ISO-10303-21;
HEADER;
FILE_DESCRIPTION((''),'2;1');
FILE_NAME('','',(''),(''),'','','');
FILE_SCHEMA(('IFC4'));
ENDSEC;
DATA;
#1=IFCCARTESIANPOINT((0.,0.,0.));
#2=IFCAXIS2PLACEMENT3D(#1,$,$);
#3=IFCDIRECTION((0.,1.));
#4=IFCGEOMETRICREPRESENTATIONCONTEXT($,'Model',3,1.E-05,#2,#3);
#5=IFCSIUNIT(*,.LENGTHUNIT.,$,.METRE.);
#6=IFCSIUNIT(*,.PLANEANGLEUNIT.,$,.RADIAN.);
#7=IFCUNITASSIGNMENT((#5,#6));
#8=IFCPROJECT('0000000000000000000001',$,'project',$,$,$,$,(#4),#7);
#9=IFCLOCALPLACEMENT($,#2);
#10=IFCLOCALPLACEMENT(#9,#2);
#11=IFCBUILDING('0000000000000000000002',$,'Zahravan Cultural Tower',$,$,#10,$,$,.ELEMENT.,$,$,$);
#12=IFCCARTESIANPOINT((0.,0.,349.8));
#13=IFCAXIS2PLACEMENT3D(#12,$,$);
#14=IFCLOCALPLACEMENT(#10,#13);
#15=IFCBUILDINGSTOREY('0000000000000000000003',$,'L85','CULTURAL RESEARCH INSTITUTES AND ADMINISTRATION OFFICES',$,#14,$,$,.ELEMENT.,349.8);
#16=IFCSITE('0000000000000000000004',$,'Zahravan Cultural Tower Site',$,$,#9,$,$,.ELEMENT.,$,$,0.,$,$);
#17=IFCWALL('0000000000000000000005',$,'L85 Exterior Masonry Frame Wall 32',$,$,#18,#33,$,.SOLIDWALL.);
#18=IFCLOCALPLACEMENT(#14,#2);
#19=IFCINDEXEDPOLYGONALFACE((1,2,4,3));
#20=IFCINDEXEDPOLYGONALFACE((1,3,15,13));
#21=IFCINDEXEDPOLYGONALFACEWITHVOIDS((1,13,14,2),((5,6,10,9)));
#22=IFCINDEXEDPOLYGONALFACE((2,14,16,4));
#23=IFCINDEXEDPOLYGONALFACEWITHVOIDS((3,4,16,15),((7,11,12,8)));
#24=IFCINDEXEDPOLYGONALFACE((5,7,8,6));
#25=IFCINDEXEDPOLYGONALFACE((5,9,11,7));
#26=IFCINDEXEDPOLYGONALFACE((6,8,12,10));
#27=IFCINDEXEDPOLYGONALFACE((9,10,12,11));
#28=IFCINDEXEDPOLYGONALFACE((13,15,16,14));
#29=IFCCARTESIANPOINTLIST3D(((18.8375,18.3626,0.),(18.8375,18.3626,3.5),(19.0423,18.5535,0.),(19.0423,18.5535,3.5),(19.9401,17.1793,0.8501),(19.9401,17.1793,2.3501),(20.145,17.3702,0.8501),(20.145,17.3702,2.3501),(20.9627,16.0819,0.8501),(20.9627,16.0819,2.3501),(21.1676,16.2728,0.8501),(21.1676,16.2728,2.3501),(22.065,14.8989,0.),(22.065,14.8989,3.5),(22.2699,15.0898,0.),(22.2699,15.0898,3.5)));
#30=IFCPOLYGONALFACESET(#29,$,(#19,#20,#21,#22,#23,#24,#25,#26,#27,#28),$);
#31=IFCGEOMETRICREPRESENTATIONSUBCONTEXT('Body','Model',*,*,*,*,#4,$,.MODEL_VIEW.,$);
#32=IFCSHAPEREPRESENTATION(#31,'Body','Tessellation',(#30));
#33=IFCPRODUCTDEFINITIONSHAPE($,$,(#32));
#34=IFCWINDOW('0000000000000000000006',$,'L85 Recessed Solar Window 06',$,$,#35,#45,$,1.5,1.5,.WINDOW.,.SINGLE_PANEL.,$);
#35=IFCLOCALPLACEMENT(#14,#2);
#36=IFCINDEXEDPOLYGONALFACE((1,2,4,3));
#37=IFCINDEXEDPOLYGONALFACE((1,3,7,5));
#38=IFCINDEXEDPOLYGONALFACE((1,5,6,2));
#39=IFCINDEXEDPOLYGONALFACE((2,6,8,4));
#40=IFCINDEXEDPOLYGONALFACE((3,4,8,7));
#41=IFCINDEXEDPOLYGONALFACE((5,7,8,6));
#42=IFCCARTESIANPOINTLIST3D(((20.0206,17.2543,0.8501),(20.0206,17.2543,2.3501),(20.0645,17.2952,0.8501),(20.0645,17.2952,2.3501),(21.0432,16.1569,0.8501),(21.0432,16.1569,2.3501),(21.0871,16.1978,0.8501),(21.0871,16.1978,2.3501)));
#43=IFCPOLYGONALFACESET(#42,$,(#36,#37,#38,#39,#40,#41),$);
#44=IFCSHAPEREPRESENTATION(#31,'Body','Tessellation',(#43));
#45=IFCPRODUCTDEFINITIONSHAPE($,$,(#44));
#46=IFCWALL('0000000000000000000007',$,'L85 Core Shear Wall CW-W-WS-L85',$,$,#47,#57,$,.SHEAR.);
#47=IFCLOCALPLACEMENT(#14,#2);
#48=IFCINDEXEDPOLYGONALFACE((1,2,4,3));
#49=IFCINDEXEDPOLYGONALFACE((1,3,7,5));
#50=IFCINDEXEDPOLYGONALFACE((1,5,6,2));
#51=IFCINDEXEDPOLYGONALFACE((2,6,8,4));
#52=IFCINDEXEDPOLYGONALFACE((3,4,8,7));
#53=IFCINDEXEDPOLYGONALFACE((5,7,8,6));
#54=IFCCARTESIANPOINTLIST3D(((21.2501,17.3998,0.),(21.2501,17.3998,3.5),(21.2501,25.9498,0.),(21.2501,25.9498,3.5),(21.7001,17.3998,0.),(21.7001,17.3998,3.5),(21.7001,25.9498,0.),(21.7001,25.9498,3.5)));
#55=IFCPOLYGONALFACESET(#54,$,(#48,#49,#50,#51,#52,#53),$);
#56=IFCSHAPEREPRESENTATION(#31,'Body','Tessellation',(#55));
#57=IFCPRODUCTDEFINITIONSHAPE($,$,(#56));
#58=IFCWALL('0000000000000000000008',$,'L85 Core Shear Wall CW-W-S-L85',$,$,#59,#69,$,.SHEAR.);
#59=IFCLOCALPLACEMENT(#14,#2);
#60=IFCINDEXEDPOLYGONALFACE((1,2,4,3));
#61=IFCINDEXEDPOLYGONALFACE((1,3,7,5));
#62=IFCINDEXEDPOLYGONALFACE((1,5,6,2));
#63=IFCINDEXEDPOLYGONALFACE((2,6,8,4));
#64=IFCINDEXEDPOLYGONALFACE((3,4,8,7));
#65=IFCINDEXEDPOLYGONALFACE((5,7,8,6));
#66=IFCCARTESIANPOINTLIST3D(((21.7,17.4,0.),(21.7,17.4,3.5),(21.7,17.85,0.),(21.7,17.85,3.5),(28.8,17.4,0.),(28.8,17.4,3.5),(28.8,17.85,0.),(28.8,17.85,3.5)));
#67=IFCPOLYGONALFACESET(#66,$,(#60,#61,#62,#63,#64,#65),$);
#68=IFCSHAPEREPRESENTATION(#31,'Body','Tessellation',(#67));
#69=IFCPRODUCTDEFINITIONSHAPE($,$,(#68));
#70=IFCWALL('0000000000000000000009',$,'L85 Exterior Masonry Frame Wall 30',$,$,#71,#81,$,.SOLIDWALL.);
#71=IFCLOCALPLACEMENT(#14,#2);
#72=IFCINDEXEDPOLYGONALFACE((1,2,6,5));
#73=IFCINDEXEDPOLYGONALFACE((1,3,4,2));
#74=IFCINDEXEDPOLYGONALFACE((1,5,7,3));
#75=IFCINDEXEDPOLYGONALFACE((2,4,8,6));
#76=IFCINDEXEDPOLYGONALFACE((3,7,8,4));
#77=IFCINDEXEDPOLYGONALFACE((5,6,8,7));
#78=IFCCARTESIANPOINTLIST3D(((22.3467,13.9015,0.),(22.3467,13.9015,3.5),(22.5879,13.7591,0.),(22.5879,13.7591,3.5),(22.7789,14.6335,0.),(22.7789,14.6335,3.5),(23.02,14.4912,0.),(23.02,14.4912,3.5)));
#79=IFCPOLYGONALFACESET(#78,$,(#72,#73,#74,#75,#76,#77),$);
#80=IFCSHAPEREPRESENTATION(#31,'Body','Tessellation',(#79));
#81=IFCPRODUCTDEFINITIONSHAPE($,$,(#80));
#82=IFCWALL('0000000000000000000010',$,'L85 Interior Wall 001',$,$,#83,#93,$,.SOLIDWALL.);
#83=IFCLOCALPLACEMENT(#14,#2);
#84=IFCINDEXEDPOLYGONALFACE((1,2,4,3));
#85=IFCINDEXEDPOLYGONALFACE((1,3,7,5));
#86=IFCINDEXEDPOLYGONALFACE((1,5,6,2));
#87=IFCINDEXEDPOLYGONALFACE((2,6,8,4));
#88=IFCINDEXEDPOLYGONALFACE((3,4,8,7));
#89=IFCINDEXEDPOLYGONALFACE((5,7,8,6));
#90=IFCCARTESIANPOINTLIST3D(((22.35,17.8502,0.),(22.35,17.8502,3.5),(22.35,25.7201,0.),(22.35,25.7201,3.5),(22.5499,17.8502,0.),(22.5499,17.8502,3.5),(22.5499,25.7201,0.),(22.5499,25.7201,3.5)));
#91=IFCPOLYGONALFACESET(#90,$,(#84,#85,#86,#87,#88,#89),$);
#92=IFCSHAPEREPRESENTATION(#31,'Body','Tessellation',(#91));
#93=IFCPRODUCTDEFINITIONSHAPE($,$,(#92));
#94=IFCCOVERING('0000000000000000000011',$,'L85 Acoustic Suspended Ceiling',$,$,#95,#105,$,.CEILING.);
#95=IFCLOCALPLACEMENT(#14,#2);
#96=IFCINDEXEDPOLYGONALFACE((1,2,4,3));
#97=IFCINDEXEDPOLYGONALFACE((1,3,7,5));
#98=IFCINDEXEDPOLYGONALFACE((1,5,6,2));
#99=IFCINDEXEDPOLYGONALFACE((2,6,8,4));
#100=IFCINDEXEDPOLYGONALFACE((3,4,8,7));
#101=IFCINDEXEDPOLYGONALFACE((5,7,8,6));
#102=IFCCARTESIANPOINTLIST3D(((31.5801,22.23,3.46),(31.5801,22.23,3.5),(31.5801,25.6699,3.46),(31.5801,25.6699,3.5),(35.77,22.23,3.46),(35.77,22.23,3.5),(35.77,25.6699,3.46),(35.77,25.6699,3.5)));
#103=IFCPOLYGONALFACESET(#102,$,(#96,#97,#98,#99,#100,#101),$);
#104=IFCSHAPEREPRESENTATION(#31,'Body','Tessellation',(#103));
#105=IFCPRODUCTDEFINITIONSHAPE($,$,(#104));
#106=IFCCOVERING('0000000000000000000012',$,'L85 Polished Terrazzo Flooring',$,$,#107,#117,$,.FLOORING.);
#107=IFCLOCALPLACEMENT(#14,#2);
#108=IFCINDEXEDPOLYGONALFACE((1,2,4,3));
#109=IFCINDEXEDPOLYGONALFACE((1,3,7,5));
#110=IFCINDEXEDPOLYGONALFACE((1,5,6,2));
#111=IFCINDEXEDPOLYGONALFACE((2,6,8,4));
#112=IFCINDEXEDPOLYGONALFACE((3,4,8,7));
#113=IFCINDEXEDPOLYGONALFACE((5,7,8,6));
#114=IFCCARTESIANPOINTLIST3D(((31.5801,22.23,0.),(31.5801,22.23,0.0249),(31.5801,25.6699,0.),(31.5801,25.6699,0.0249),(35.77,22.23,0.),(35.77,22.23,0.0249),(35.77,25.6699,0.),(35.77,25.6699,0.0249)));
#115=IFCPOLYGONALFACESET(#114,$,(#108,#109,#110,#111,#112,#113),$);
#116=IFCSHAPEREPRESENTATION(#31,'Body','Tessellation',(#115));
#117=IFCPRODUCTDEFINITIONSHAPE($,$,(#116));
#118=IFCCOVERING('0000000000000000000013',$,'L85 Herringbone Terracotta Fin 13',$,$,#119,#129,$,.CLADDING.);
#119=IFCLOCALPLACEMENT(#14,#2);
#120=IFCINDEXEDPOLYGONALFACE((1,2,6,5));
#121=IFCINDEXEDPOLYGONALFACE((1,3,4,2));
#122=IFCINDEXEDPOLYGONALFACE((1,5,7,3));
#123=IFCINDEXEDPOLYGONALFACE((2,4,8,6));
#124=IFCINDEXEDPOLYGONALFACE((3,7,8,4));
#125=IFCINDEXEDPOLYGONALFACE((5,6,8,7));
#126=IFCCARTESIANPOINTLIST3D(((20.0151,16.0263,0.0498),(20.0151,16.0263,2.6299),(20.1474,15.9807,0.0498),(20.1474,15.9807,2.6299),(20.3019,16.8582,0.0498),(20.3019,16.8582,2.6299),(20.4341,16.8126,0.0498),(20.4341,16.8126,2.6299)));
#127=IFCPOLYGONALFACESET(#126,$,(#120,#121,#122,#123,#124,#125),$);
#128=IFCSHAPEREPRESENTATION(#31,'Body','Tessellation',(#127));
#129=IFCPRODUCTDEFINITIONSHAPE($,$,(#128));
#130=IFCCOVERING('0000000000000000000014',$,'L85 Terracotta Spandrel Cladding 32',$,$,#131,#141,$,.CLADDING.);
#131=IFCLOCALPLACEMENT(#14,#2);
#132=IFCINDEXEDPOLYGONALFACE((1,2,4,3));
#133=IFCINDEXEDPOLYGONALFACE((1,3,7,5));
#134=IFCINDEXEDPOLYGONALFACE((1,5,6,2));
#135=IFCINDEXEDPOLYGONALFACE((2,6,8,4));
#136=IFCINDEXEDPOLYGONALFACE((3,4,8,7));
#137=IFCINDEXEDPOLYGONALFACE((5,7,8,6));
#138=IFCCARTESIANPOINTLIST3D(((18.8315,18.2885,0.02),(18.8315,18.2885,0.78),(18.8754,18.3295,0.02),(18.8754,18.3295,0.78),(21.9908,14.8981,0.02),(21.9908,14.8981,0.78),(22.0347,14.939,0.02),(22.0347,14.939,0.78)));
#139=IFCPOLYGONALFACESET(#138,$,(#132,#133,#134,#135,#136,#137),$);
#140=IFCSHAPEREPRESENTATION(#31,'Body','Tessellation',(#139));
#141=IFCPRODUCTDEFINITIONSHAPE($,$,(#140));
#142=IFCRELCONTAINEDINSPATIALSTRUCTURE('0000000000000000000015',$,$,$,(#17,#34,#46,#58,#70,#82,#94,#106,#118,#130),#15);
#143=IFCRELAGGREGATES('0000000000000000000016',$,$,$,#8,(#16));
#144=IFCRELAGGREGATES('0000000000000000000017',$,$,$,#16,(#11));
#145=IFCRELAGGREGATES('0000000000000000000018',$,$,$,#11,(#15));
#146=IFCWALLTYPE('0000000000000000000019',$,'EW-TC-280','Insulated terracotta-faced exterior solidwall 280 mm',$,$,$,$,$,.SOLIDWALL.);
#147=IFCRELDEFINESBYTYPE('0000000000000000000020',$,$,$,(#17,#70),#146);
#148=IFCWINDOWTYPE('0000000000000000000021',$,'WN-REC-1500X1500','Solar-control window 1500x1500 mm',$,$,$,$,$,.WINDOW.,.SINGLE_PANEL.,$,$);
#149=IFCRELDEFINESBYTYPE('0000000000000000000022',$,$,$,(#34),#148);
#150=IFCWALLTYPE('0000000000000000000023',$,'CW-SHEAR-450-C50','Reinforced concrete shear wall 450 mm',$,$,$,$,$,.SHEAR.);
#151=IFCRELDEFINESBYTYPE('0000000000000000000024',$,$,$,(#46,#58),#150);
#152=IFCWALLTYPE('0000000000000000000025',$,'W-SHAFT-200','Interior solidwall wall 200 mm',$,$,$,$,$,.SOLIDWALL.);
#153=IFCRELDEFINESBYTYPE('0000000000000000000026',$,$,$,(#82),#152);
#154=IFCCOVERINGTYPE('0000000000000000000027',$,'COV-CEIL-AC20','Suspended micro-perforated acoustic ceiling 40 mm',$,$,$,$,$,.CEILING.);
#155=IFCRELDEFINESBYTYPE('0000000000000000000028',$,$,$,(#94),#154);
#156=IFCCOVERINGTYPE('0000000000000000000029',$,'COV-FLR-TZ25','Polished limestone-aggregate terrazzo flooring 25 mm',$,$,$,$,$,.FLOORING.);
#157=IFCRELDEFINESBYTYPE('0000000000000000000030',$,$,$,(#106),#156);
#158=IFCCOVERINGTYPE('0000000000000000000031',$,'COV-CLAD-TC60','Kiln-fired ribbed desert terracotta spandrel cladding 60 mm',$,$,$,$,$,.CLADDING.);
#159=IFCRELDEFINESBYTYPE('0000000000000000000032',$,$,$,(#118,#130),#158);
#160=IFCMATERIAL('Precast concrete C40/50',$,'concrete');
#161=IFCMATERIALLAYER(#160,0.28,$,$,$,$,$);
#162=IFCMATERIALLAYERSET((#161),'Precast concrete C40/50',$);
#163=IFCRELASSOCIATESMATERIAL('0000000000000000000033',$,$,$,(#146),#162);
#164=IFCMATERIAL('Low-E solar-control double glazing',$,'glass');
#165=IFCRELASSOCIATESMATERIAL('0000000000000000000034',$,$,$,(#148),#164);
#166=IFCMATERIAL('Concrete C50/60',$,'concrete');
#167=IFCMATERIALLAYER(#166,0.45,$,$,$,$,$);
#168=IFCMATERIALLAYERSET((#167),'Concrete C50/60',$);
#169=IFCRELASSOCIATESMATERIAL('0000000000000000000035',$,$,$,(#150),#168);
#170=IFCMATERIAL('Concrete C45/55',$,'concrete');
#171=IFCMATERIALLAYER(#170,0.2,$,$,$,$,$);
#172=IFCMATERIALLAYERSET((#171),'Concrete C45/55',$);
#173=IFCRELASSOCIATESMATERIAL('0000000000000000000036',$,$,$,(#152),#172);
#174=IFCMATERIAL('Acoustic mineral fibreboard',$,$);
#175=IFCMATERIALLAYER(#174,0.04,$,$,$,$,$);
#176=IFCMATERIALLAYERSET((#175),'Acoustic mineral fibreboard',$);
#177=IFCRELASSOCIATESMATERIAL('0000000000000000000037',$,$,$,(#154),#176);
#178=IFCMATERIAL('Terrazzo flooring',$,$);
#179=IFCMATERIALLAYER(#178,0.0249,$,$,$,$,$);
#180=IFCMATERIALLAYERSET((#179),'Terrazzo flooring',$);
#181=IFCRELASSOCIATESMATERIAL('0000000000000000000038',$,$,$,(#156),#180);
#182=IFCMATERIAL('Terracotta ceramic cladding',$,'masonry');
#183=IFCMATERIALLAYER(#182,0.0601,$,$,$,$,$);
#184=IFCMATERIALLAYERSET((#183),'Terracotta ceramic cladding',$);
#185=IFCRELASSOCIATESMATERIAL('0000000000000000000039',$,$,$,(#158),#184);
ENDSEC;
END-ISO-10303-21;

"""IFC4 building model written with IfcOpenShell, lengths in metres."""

from ifc_helpers import new_model, si_unit, direction, frame, frame_2d, origin, origin_2d, place, context, subcontext, project, spatial, polyline, rectangle, outline, extrude, source, transform, mapped, material, layer, layer_set, type_object, element, fill, save


model = new_model("IFC4")

# Units and contexts
model_context = context("Model", 3, precision=1e-05, world=origin(), true_north=direction((0.0, 1.0)))
body_context = subcontext(model_context, "Body", "Model", "MODEL_VIEW")
ifc_project = project(units=[si_unit("LENGTHUNIT", "METRE"), si_unit("PLANEANGLEUNIT", "RADIAN")], contexts=[model_context])

# Site, building, storey
site_placement = place(None, origin())
site = spatial("IfcSite", under=ifc_project, at=site_placement, Name="Zahravan Cultural Tower Site", CompositionType="ELEMENT", RefElevation=0.0)
building_placement = place(site_placement, origin())
building = spatial("IfcBuilding", under=site, at=building_placement, Name="Zahravan Cultural Tower", CompositionType="ELEMENT")
storey_placement = place(building_placement, frame((0.0, 0.0, 349.8)))
storey = spatial("IfcBuildingStorey", under=building, at=storey_placement, Name="L85", Description="CULTURAL RESEARCH INSTITUTES AND ADMINISTRATION OFFICES", CompositionType="ELEMENT", Elevation=349.8)

# Shared definitions
ifc_material_1 = material(Name="Concrete C50/60", Category="concrete")

# Shared definitions
ifc_material_2 = material(Name="Concrete C45/55", Category="concrete")

# Wall, opening, window
ifc_material_3 = material(Name="Precast concrete C40/50", Category="concrete")
ifc_layer_1 = layer(ifc_material_3, 0.28)
ifc_layer_set_1 = layer_set([ifc_layer_1], Name="Precast concrete C40/50")
wall_type_1 = type_object("IfcWallType", Name="EW-TC-280", Description="Insulated terracotta-faced exterior solidwall 280 mm", PredefinedType="SOLIDWALL", material=ifc_layer_set_1)
wall_1_placement = place(storey_placement, frame((22.1675, 14.9944, 0.0), z_axis=(0.0, 0.0, 1.0), x_axis=(-0.681734, 0.7316, 0.0)))
wall_1 = element("IfcWall", 1, at=wall_1_placement, inside=storey, type_object=wall_type_1, Name="L85 Exterior Masonry Frame Wall 32", PredefinedType="SOLIDWALL", context=body_context, shape_type="SweptSolid", body=[
    extrude(rectangle(XDim=4.7344, YDim=0.28, at=frame_2d((2.3672, 0.0))), origin(), (0.0, 0.0, 1.0), 3.5),
])
opening_placement = place(wall_1_placement, frame((1.6169, 0.0, 0.8501)))
opening = element("IfcOpeningElement", 2, at=opening_placement, cuts=wall_1, PredefinedType="OPENING", context=body_context, shape_type="SweptSolid", body=[
    extrude(rectangle(XDim=1.5, YDim=1.5, at=frame_2d((0.75, 0.75))), frame((0.0, 0.1499, 0.0), z_axis=(0.0, -1.0, 0.0), x_axis=(1.0, 0.0, 0.0)), (0.0, 0.0, 1.0), 0.3),
])
ifc_material_4 = material(Name="Low-E solar-control double glazing", Category="glass")
window_type = type_object("IfcWindowType", Name="WN-REC-1500X1500", Description="Solar-control window 1500x1500 mm", PartitioningType="SINGLE_PANEL", PredefinedType="WINDOW", material=ifc_material_4)
shared_shape_1 = source(origin(), body_context, "Body", "SweptSolid", [
    extrude(rectangle(XDim=1.5, YDim=1.5, at=frame_2d((0.75, 0.75))), frame((0.0, 0.03, 0.0), z_axis=(0.0, -1.0, 0.0), x_axis=(1.0, 0.0, 0.0)), (0.0, 0.0, 1.0), 0.0601),
])
window_placement = place(opening_placement, origin())
window = element("IfcWindow", 3, at=window_placement, inside=storey, type_object=window_type, Name="L85 Recessed Solar Window 06", OverallHeight=1.5, OverallWidth=1.5, PartitioningType="SINGLE_PANEL", PredefinedType="WINDOW", context=body_context, shape_type="MappedRepresentation", body=[
    mapped(shared_shape_1, transform((0.0, 0.0, 0.0), x_axis=(1.0, 0.0, 0.0), y_axis=(0.0, 1.0, 0.0), z_axis=(0.0, 0.0, 1.0), scale=1.0)),
])
fill(opening, window)

# Walls
ifc_layer_2 = layer(ifc_material_1, 0.45)
ifc_layer_set_2 = layer_set([ifc_layer_2], Name="Concrete C50/60")
wall_type_2 = type_object("IfcWallType", Name="CW-SHEAR-450-C50", Description="Reinforced concrete shear wall 450 mm", PredefinedType="SHEAR", material=ifc_layer_set_2)
shared_shape_2 = source(origin(), body_context, "Body", "SweptSolid", [
    extrude(rectangle(XDim=8.55, YDim=0.45, at=frame_2d((4.2749, 0.0))), origin(), (0.0, 0.0, 1.0), 3.5),
])
wall_2_placement = place(storey_placement, frame((21.4751, 17.3999, 0.0), z_axis=(0.0, 0.0, 1.0), x_axis=(0.0, 1.0, 0.0)))
element("IfcWall", 4, at=wall_2_placement, inside=storey, type_object=wall_type_2, Name="L85 Core Shear Wall CW-W-WS-L85", PredefinedType="SHEAR", context=body_context, shape_type="MappedRepresentation", body=[
    mapped(shared_shape_2, transform((0.0, 0.0, 0.0), x_axis=(1.0, 0.0, 0.0), y_axis=(0.0, 1.0, 0.0), z_axis=(0.0, 0.0, 1.0), scale=1.0)),
])
shared_shape_3 = source(origin(), body_context, "Body", "SweptSolid", [
    extrude(rectangle(XDim=7.1001, YDim=0.45, at=frame_2d((3.55, 0.0))), origin(), (0.0, 0.0, 1.0), 3.5),
])
wall_3_placement = place(storey_placement, frame((21.7, 17.625, 0.0), z_axis=(0.0, 0.0, 1.0), x_axis=(1.0, 0.0, 0.0)))
element("IfcWall", 5, at=wall_3_placement, inside=storey, type_object=wall_type_2, Name="L85 Core Shear Wall CW-W-S-L85", PredefinedType="SHEAR", context=body_context, shape_type="MappedRepresentation", body=[
    mapped(shared_shape_3, transform((0.0, 0.0, 0.0), x_axis=(1.0, 0.0, 0.0), y_axis=(0.0, 1.0, 0.0), z_axis=(0.0, 0.0, 1.0), scale=1.0)),
])
shared_shape_4 = source(origin(), body_context, "Body", "SweptSolid", [
    extrude(rectangle(XDim=0.8501, YDim=0.28, at=frame_2d((0.425, 0.0))), origin(), (0.0, 0.0, 1.0), 3.5),
])
wall_4_placement = place(storey_placement, frame((22.4673, 13.8303, 0.0), z_axis=(0.0, 0.0, 1.0), x_axis=(0.5084, 0.861121, 0.0)))
element("IfcWall", 6, at=wall_4_placement, inside=storey, type_object=wall_type_1, Name="L85 Exterior Masonry Frame Wall 30", PredefinedType="SOLIDWALL", context=body_context, shape_type="MappedRepresentation", body=[
    mapped(shared_shape_4, transform((0.0, 0.0, 0.0), x_axis=(1.0, 0.0, 0.0), y_axis=(0.0, 1.0, 0.0), z_axis=(0.0, 0.0, 1.0), scale=1.0)),
])
ifc_layer_3 = layer(ifc_material_2, 0.2)
ifc_layer_set_3 = layer_set([ifc_layer_3], Name="Concrete C45/55")
wall_type_3 = type_object("IfcWallType", Name="W-SHAFT-200", Description="Interior solidwall wall 200 mm", PredefinedType="SOLIDWALL", material=ifc_layer_set_3)
shared_shape_5 = source(origin(), body_context, "Body", "SweptSolid", [
    extrude(rectangle(XDim=7.8699, YDim=0.2, at=frame_2d((3.9351, 0.0))), origin(), (0.0, 0.0, 1.0), 3.5),
])
wall_5_placement = place(storey_placement, frame((22.45, 17.8501, 0.0), z_axis=(0.0, 0.0, 1.0), x_axis=(0.0, 1.0, 0.0)))
element("IfcWall", 7, at=wall_5_placement, inside=storey, type_object=wall_type_3, Name="L85 Interior Wall 001", PredefinedType="SOLIDWALL", context=body_context, shape_type="MappedRepresentation", body=[
    mapped(shared_shape_5, transform((0.0, 0.0, 0.0), x_axis=(1.0, 0.0, 0.0), y_axis=(0.0, 1.0, 0.0), z_axis=(0.0, 0.0, 1.0), scale=1.0)),
])

# Coverings
ifc_material_5 = material(Name="Acoustic mineral fibreboard")
ifc_layer_4 = layer(ifc_material_5, 0.04)
ifc_layer_set_4 = layer_set([ifc_layer_4], Name="Acoustic mineral fibreboard")
covering_type_1 = type_object("IfcCoveringType", Name="COV-CEIL-AC20", Description="Suspended micro-perforated acoustic ceiling 40 mm", PredefinedType="CEILING", material=ifc_layer_set_4)
covering_1_placement = place(storey_placement, frame((0.0, 0.0, 3.46)))
element("IfcCovering", 8, at=covering_1_placement, inside=storey, type_object=covering_type_1, Name="L85 Acoustic Suspended Ceiling", PredefinedType="CEILING", context=body_context, shape_type="SweptSolid", body=[
    extrude(outline(polyline([(35.77, 25.6699), (31.5801, 25.6699), (31.5801, 22.23), (35.77, 22.23), (35.77, 25.6699)])), origin(), (0.0, 0.0, 1.0), 0.04),
])
ifc_material_6 = material(Name="Terrazzo flooring")
ifc_layer_5 = layer(ifc_material_6, 0.0249)
ifc_layer_set_5 = layer_set([ifc_layer_5], Name="Terrazzo flooring")
covering_type_2 = type_object("IfcCoveringType", Name="COV-FLR-TZ25", Description="Polished limestone-aggregate terrazzo flooring 25 mm", PredefinedType="FLOORING", material=ifc_layer_set_5)
covering_2_placement = place(storey_placement, origin())
element("IfcCovering", 9, at=covering_2_placement, inside=storey, type_object=covering_type_2, Name="L85 Polished Terrazzo Flooring", PredefinedType="FLOORING", context=body_context, shape_type="SweptSolid", body=[
    extrude(outline(polyline([(35.77, 25.6699), (31.5801, 25.6699), (31.5801, 22.23), (35.77, 22.23), (35.77, 25.6699)])), origin(), (0.0, 0.0, 1.0), 0.0249),
])
ifc_material_7 = material(Name="Terracotta ceramic cladding", Category="masonry")
ifc_layer_6 = layer(ifc_material_7, 0.0601)
ifc_layer_set_6 = layer_set([ifc_layer_6], Name="Terracotta ceramic cladding")
covering_type_3 = type_object("IfcCoveringType", Name="COV-CLAD-TC60", Description="Kiln-fired ribbed desert terracotta spandrel cladding 60 mm", PredefinedType="CLADDING", material=ifc_layer_set_6)
shared_shape_6 = source(origin(), body_context, "Body", "SweptSolid", [
    extrude(rectangle(XDim=0.8799, YDim=0.1399, at=origin_2d()), origin(), (0.0, 0.0, 1.0), 2.5801),
])
covering_3_placement = place(storey_placement, frame((20.2246, 16.4194, 0.0498), z_axis=(0.0, 0.0, 1.0), x_axis=(-0.325915, -0.945399, 0.0)))
element("IfcCovering", 10, at=covering_3_placement, inside=storey, type_object=covering_type_3, Name="L85 Herringbone Terracotta Fin 13", PredefinedType="CLADDING", context=body_context, shape_type="MappedRepresentation", body=[
    mapped(shared_shape_6, transform((0.0, 0.0, 0.0), x_axis=(1.0, 0.0, 0.0), y_axis=(0.0, 1.0, 0.0), z_axis=(0.0, 0.0, 1.0), scale=1.0)),
])
shared_shape_7 = source(origin(), body_context, "Body", "SweptSolid", [
    extrude(rectangle(XDim=4.6343, YDim=0.0601, at=origin_2d()), origin(), (0.0, 0.0, 1.0), 0.76),
])
covering_4_placement = place(storey_placement, frame((20.4331, 16.6138, 0.02), z_axis=(0.0, 0.0, 1.0), x_axis=(-0.68173, 0.731604, 0.0)))
element("IfcCovering", 11, at=covering_4_placement, inside=storey, type_object=covering_type_3, Name="L85 Terracotta Spandrel Cladding 32", PredefinedType="CLADDING", context=body_context, shape_type="MappedRepresentation", body=[
    mapped(shared_shape_7, transform((0.0, 0.0, 0.0), x_axis=(1.0, 0.0, 0.0), y_axis=(0.0, 1.0, 0.0), z_axis=(0.0, 0.0, 1.0), scale=1.0)),
])

save(model, "model.ifc")
